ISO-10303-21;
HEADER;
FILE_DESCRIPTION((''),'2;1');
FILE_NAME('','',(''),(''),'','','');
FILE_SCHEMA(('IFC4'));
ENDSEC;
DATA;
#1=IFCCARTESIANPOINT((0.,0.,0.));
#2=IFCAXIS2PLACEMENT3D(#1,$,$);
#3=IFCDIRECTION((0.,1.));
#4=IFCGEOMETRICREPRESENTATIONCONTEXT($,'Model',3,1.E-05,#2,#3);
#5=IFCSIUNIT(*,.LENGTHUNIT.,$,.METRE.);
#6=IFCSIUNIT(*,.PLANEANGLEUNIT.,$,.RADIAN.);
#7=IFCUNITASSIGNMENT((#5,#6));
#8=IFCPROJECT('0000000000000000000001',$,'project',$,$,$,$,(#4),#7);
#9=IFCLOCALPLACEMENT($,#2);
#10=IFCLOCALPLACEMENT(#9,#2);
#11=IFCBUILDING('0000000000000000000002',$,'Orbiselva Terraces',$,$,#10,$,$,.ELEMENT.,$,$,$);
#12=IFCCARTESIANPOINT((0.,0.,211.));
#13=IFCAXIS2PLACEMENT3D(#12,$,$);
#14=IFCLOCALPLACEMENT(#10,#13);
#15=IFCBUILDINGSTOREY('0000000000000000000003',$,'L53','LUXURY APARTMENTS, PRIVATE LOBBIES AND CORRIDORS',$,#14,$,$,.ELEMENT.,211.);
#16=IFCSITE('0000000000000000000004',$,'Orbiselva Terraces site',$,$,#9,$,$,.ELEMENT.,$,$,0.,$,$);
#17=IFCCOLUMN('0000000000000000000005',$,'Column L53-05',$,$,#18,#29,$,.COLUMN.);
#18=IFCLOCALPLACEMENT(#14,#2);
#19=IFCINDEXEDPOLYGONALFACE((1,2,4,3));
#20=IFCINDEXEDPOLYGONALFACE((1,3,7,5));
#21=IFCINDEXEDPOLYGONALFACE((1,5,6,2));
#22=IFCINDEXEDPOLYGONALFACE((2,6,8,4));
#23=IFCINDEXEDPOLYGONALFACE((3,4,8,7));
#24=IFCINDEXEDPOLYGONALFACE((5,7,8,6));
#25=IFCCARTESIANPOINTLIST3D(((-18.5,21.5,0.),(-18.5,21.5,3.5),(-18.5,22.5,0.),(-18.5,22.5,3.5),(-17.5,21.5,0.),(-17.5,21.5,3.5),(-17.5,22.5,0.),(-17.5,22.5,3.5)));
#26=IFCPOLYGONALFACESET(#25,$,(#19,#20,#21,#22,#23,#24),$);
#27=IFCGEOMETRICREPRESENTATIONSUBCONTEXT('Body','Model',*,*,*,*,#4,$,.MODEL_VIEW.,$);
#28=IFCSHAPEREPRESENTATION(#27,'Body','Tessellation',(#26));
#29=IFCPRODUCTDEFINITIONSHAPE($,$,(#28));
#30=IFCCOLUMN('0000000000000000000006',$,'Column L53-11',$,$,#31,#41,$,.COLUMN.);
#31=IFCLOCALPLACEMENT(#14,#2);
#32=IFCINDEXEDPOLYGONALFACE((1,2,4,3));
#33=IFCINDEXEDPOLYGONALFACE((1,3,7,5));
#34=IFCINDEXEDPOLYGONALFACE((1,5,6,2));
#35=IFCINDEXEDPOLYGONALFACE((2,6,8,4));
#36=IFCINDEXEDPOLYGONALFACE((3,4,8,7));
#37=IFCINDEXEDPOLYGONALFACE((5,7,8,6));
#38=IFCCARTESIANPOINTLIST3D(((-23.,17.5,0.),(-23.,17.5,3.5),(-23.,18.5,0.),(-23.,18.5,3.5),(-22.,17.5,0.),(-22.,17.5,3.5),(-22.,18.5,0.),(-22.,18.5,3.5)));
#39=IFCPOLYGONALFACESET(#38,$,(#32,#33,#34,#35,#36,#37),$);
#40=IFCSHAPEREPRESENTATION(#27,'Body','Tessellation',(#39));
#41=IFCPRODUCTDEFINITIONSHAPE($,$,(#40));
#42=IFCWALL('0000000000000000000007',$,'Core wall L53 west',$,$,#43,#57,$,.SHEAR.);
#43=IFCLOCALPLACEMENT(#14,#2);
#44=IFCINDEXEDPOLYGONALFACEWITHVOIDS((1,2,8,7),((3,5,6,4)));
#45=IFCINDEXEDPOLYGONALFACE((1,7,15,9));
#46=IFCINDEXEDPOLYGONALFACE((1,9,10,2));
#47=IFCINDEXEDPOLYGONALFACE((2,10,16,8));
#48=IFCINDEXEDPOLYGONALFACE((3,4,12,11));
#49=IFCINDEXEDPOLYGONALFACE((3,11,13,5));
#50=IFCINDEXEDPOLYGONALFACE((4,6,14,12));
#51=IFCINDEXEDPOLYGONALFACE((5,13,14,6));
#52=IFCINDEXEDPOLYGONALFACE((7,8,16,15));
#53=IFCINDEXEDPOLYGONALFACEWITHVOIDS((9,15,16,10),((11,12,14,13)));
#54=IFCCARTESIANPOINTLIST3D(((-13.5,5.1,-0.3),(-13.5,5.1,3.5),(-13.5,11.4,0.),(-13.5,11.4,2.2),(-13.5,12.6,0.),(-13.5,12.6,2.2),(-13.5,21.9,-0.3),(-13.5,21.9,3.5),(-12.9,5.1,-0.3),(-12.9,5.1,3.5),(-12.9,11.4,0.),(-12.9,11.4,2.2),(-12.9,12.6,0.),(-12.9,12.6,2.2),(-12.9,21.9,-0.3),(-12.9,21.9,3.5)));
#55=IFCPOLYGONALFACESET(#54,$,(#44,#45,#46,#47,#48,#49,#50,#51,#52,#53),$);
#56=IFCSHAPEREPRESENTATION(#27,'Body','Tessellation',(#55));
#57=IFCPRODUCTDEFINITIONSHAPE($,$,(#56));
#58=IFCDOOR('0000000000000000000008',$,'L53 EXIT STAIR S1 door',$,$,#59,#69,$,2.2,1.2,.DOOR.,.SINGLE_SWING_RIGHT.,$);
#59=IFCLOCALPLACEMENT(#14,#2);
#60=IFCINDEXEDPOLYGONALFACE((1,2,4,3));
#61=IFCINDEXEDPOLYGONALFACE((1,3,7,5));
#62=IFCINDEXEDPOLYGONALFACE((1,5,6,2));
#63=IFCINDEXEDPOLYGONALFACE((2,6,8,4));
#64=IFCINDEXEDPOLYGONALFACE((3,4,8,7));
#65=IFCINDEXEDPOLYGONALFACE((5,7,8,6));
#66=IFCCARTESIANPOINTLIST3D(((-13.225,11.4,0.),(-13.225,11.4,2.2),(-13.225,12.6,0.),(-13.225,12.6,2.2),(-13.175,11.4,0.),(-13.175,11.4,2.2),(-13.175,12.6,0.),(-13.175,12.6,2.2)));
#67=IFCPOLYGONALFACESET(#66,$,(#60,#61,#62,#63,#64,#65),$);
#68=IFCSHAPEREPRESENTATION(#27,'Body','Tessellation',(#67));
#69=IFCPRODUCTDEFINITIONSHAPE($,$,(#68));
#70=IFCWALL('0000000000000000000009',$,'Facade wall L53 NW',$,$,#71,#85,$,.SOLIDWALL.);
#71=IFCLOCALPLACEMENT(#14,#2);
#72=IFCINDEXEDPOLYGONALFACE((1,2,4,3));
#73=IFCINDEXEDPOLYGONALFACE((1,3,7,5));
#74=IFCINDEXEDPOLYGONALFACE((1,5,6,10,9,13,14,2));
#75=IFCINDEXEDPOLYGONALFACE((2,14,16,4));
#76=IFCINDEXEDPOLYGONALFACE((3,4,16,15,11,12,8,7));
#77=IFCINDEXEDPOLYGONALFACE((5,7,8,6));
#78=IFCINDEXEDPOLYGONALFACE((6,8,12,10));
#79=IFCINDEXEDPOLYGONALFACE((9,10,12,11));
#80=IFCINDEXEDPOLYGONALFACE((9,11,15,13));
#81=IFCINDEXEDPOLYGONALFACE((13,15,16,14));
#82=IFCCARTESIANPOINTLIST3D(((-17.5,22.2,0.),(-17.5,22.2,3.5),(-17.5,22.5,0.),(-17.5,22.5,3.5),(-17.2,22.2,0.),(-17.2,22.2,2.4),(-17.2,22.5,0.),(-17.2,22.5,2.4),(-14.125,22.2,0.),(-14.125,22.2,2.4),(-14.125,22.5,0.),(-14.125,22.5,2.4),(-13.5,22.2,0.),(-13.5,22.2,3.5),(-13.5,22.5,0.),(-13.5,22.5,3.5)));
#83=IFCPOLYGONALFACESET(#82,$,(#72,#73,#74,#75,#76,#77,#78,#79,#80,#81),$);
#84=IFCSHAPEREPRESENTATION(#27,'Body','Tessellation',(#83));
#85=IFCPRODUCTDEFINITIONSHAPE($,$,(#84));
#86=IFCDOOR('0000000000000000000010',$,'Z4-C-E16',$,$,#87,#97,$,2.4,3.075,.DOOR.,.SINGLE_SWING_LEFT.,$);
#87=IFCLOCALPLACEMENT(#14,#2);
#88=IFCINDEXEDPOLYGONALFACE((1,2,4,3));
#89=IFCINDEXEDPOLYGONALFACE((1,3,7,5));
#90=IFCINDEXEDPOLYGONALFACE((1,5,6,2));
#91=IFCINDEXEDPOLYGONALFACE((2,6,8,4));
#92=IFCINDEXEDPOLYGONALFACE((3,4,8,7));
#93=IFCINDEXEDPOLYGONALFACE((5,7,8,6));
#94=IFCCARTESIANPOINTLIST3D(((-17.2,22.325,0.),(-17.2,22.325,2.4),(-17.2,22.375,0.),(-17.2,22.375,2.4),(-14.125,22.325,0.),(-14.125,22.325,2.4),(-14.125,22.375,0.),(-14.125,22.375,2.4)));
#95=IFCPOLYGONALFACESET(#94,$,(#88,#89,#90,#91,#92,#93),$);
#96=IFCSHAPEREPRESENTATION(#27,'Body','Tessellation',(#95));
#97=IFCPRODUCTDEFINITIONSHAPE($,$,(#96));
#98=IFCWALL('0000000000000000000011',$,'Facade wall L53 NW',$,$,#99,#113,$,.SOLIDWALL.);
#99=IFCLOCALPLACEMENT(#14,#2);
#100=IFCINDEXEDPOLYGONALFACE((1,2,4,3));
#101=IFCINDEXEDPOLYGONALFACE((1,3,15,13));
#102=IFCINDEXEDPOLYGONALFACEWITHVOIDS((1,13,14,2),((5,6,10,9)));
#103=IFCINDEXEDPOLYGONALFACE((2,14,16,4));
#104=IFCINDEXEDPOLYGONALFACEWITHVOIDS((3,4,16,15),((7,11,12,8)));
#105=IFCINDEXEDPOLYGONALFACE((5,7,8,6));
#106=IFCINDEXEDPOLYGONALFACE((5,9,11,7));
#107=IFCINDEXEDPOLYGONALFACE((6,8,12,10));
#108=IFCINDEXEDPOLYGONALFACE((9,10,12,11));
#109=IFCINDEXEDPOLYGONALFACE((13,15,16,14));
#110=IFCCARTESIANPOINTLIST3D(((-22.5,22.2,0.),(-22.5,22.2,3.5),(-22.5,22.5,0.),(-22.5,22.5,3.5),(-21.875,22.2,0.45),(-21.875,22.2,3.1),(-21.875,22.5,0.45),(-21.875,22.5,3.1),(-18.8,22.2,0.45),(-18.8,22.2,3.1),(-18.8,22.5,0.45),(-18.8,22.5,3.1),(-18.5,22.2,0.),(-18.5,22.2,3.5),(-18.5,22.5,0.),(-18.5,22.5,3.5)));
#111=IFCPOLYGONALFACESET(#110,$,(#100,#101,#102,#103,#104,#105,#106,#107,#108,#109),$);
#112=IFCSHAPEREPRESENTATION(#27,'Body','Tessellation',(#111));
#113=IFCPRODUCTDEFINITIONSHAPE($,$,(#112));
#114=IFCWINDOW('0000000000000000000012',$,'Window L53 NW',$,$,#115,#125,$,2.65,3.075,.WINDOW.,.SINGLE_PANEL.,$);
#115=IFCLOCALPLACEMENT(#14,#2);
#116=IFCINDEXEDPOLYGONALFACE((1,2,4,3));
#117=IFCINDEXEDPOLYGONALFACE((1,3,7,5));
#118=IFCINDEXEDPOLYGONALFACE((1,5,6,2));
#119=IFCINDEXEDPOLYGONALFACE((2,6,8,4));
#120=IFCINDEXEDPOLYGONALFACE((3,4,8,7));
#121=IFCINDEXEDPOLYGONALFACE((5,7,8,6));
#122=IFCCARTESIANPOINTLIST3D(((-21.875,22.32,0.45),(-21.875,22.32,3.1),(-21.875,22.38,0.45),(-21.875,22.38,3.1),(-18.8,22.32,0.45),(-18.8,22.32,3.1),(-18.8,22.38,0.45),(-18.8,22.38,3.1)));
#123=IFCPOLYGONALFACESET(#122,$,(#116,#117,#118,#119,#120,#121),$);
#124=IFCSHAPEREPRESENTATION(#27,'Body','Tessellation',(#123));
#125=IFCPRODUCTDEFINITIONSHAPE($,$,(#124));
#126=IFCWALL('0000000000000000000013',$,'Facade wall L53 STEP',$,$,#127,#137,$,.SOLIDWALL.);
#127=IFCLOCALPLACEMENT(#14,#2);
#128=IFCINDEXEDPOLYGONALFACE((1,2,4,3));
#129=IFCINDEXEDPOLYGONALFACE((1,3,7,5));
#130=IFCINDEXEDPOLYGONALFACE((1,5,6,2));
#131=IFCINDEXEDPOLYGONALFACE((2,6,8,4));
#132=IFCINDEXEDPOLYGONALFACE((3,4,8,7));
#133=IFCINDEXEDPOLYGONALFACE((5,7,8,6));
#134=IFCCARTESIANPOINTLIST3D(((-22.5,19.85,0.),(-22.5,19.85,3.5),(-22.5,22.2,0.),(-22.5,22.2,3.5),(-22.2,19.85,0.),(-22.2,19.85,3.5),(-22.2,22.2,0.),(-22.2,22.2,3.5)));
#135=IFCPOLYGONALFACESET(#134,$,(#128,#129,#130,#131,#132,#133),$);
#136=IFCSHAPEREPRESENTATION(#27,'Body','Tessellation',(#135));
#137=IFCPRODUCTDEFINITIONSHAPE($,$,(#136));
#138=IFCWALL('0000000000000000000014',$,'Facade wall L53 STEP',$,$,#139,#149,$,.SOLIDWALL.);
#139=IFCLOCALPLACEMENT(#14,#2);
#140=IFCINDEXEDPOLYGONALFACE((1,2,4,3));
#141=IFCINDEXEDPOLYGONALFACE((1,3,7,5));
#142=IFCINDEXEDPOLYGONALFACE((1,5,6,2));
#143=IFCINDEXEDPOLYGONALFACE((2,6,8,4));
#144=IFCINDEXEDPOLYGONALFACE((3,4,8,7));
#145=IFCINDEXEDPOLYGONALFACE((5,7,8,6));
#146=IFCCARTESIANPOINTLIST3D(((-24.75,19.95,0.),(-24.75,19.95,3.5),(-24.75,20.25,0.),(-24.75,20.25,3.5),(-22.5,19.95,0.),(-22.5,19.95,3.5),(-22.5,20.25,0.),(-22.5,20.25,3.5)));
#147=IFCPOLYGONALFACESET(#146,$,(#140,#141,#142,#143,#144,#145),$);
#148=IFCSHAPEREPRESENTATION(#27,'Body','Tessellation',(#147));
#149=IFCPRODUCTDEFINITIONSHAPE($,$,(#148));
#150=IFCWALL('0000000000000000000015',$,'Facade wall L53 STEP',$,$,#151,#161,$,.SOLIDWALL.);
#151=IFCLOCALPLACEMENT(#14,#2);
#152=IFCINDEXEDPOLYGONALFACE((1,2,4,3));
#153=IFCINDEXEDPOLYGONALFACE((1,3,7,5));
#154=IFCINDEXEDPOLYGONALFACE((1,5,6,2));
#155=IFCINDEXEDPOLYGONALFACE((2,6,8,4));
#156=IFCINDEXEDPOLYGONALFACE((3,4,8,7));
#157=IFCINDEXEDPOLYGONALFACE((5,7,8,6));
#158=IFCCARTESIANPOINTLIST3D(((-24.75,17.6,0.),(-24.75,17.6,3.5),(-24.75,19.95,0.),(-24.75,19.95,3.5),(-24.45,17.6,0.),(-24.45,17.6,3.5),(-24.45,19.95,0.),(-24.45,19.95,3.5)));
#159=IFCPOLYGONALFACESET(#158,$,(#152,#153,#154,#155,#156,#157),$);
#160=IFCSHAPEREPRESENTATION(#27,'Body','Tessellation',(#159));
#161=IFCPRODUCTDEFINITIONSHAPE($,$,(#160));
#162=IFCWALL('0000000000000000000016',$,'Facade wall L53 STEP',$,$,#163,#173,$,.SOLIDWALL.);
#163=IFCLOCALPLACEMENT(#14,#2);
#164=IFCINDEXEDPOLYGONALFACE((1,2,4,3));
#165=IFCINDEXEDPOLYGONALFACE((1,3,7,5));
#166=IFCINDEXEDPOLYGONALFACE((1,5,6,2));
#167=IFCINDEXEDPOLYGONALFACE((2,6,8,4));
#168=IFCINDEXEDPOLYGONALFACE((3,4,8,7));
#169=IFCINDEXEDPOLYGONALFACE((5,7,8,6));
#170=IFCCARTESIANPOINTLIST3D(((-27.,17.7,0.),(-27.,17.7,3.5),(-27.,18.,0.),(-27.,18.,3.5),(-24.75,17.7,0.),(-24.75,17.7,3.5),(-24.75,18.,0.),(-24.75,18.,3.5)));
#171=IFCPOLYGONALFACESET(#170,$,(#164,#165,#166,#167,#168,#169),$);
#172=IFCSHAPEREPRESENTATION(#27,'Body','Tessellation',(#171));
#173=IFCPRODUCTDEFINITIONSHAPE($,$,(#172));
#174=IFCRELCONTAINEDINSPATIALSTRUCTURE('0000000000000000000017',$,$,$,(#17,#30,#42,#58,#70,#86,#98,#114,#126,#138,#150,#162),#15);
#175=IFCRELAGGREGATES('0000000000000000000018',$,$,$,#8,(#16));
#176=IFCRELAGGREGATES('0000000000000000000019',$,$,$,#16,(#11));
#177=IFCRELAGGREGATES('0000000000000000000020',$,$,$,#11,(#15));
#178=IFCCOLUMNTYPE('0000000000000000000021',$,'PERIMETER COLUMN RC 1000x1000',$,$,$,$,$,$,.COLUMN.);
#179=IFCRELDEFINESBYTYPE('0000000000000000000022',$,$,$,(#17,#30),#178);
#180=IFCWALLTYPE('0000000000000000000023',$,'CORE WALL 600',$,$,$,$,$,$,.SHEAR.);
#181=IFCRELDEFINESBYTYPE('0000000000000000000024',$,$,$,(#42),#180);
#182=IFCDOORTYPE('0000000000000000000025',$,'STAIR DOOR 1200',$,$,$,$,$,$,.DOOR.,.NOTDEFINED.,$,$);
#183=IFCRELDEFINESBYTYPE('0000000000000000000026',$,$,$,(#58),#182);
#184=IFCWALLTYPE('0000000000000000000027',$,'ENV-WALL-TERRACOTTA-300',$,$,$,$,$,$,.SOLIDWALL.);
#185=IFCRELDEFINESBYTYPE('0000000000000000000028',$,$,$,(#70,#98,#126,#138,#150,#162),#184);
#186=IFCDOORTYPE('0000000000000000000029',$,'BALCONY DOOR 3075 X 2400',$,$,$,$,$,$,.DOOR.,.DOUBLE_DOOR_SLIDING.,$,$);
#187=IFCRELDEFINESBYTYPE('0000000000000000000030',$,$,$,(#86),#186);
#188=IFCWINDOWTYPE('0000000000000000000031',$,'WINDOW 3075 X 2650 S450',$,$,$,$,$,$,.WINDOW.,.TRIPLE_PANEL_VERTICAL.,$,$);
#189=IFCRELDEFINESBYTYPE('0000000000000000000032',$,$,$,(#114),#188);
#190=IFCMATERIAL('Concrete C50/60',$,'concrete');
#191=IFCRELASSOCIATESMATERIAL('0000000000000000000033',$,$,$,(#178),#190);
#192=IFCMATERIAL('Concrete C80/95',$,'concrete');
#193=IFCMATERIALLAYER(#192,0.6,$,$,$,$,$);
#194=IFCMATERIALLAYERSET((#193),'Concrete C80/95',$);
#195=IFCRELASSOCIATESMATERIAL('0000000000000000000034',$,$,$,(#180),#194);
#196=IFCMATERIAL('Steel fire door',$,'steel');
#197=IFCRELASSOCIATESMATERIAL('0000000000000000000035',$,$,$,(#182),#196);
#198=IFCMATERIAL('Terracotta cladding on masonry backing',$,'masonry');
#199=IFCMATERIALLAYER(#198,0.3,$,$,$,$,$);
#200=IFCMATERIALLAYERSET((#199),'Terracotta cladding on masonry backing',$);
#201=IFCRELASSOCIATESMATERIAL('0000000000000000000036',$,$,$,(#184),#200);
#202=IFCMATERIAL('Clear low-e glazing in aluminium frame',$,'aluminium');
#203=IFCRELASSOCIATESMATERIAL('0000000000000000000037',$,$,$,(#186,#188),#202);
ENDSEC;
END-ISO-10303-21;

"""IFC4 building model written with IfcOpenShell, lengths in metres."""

from ifc_helpers import new_model, si_unit, direction, frame, frame_2d, origin, origin_2d, place, context, subcontext, project, spatial, rectangle, extrude, material, layer, layer_set, material_profile, profile_set, type_object, element, fill, save


model = new_model("IFC4")

# Units and contexts
model_context = context("Model", 3, precision=1e-05, world=origin(), true_north=direction((0.0, 1.0)))
body_context = subcontext(model_context, "Body", "Model", "MODEL_VIEW")
ifc_project = project(units=[si_unit("LENGTHUNIT", "METRE"), si_unit("PLANEANGLEUNIT", "RADIAN")], contexts=[model_context])

# Site, building, storey
site_placement = place(None, origin())
site = spatial("IfcSite", under=ifc_project, at=site_placement, Name="Orbiselva Terraces site", CompositionType="ELEMENT", RefElevation=0.0)
building_placement = place(site_placement, origin())
building = spatial("IfcBuilding", under=site, at=building_placement, Name="Orbiselva Terraces", CompositionType="ELEMENT")
storey_placement = place(building_placement, frame((0.0, 0.0, 211.0)))
storey = spatial("IfcBuildingStorey", under=building, at=storey_placement, Name="L53", Description="LUXURY APARTMENTS, PRIVATE LOBBIES AND CORRIDORS", CompositionType="ELEMENT", Elevation=211.0)

# Columns
ifc_material_1 = material(Name="Concrete C50/60", Category="concrete")
ifc_material_profile = material_profile(ifc_material_1, rectangle(XDim=1.0, YDim=1.0, at=origin_2d()), Name="RC 1000x1000")
ifc_profile_set = profile_set([ifc_material_profile], Name="Concrete C50/60")
column_type = type_object("IfcColumnType", Name="PERIMETER COLUMN RC 1000x1000", PredefinedType="COLUMN", material=ifc_profile_set)
for number, where, z_axis, x_axis, name in (
    (1, (-18.0, 22.0, 0.0), (0.0, 0.0, 1.0), (1.0, 0.0, 0.0), "Column L53-05"),
    (2, (-22.5, 18.0, 0.0), (0.0, 0.0, 1.0), (1.0, 0.0, 0.0), "Column L53-11"),
):
    element("IfcColumn", number, at=place(storey_placement, frame(where, z_axis=z_axis, x_axis=x_axis)), inside=storey, type_object=column_type, Name=name, PredefinedType="COLUMN", context=body_context, shape_type="SweptSolid", body=[
        extrude(rectangle(XDim=1.0, YDim=1.0, at=origin_2d()), origin(), (0.0, 0.0, 1.0), 3.5),
    ])

# Walls, openings, doors
ifc_material_2 = material(Name="Concrete C80/95", Category="concrete")
ifc_layer_1 = layer(ifc_material_2, 0.6)
ifc_layer_set_1 = layer_set([ifc_layer_1], Name="Concrete C80/95")
wall_type_1 = type_object("IfcWallType", Name="CORE WALL 600", PredefinedType="SHEAR", material=ifc_layer_set_1)
wall_1_placement = place(storey_placement, frame((-13.2, 21.9, -0.3), z_axis=(0.0, 0.0, 1.0), x_axis=(0.0, -1.0, 0.0)))
wall_1 = element("IfcWall", 3, at=wall_1_placement, inside=storey, type_object=wall_type_1, Name="Core wall L53 west", PredefinedType="SHEAR", context=body_context, shape_type="SweptSolid", body=[
    extrude(rectangle(XDim=16.8, YDim=0.6, at=frame_2d((8.4, 0.0))), origin(), (0.0, 0.0, 1.0), 3.8),
])
opening_1_placement = place(wall_1_placement, frame((9.3, 0.0, 0.3)))
opening_1 = element("IfcOpeningElement", 4, at=opening_1_placement, cuts=wall_1, PredefinedType="OPENING", context=body_context, shape_type="SweptSolid", body=[
    extrude(rectangle(XDim=1.2, YDim=2.2, at=frame_2d((0.6, 1.1))), frame((0.0, 0.31, 0.0), z_axis=(0.0, -1.0, 0.0), x_axis=(1.0, 0.0, 0.0)), (0.0, 0.0, 1.0), 0.62),
])
ifc_material_3 = material(Name="Steel fire door", Category="steel")
door_type_1 = type_object("IfcDoorType", Name="STAIR DOOR 1200", OperationType="NOTDEFINED", PredefinedType="DOOR", material=ifc_material_3)
door_1_placement = place(opening_1_placement, frame((1.2, 0.0, 0.0), z_axis=(0.0, 0.0, 1.0), x_axis=(-1.0, 0.0, 0.0)))
door_1 = element("IfcDoor", 5, at=door_1_placement, inside=storey, type_object=door_type_1, Name="L53 EXIT STAIR S1 door", OperationType="SINGLE_SWING_RIGHT", OverallHeight=2.2, OverallWidth=1.2, PredefinedType="DOOR", context=body_context, shape_type="SweptSolid", body=[
    extrude(rectangle(XDim=1.2, YDim=2.2, at=frame_2d((0.6, 1.1))), frame((0.0, 0.025, 0.0), z_axis=(0.0, -1.0, 0.0), x_axis=(1.0, 0.0, 0.0)), (0.0, 0.0, 1.0), 0.05),
])
fill(opening_1, door_1)
ifc_material_4 = material(Name="Terracotta cladding on masonry backing", Category="masonry")
ifc_layer_2 = layer(ifc_material_4, 0.3)
ifc_layer_set_2 = layer_set([ifc_layer_2], Name="Terracotta cladding on masonry backing")
wall_type_2 = type_object("IfcWallType", Name="ENV-WALL-TERRACOTTA-300", PredefinedType="SOLIDWALL", material=ifc_layer_set_2)
wall_2_placement = place(storey_placement, frame((-17.5, 22.35, 0.0), z_axis=(0.0, 0.0, 1.0), x_axis=(1.0, 0.0, 0.0)))
wall_2 = element("IfcWall", 6, at=wall_2_placement, inside=storey, type_object=wall_type_2, Name="Facade wall L53 NW", PredefinedType="SOLIDWALL", context=body_context, shape_type="SweptSolid", body=[
    extrude(rectangle(XDim=4.0, YDim=0.3, at=frame_2d((2.0, 0.0))), origin(), (0.0, 0.0, 1.0), 3.5),
])
opening_2_placement = place(wall_2_placement, frame((0.3, 0.0, 0.0)))
opening_2 = element("IfcOpeningElement", 7, at=opening_2_placement, cuts=wall_2, PredefinedType="OPENING", context=body_context, shape_type="SweptSolid", body=[
    extrude(rectangle(XDim=3.075, YDim=2.4, at=frame_2d((1.5375, 1.2))), frame((0.0, 0.16, 0.0), z_axis=(0.0, -1.0, 0.0), x_axis=(1.0, 0.0, 0.0)), (0.0, 0.0, 1.0), 0.32),
])
ifc_material_5 = material(Name="Clear low-e glazing in aluminium frame", Category="aluminium")
door_type_2 = type_object("IfcDoorType", Name="BALCONY DOOR 3075 X 2400", OperationType="DOUBLE_DOOR_SLIDING", PredefinedType="DOOR", material=ifc_material_5)
door_2_placement = place(opening_2_placement, origin())
door_2 = element("IfcDoor", 8, at=door_2_placement, inside=storey, type_object=door_type_2, Name="Z4-C-E16", OperationType="SINGLE_SWING_LEFT", OverallHeight=2.4, OverallWidth=3.075, PredefinedType="DOOR", context=body_context, shape_type="SweptSolid", body=[
    extrude(rectangle(XDim=3.075, YDim=2.4, at=frame_2d((1.5375, 1.2))), frame((0.0, 0.025, 0.0), z_axis=(0.0, -1.0, 0.0), x_axis=(1.0, 0.0, 0.0)), (0.0, 0.0, 1.0), 0.05),
])
fill(opening_2, door_2)

# Wall, opening, window
wall_3_placement = place(storey_placement, frame((-22.5, 22.35, 0.0), z_axis=(0.0, 0.0, 1.0), x_axis=(1.0, 0.0, 0.0)))
wall_3 = element("IfcWall", 9, at=wall_3_placement, inside=storey, type_object=wall_type_2, Name="Facade wall L53 NW", PredefinedType="SOLIDWALL", context=body_context, shape_type="SweptSolid", body=[
    extrude(rectangle(XDim=4.0, YDim=0.3, at=frame_2d((2.0, 0.0))), origin(), (0.0, 0.0, 1.0), 3.5),
])
opening_3_placement = place(wall_3_placement, frame((0.625, 0.0, 0.45)))
opening_3 = element("IfcOpeningElement", 10, at=opening_3_placement, cuts=wall_3, PredefinedType="OPENING", context=body_context, shape_type="SweptSolid", body=[
    extrude(rectangle(XDim=3.075, YDim=2.65, at=frame_2d((1.5375, 1.325))), frame((0.0, 0.16, 0.0), z_axis=(0.0, -1.0, 0.0), x_axis=(1.0, 0.0, 0.0)), (0.0, 0.0, 1.0), 0.32),
])
window_type = type_object("IfcWindowType", Name="WINDOW 3075 X 2650 S450", PartitioningType="TRIPLE_PANEL_VERTICAL", PredefinedType="WINDOW", material=ifc_material_5)
window_placement = place(opening_3_placement, origin())
window = element("IfcWindow", 11, at=window_placement, inside=storey, type_object=window_type, Name="Window L53 NW", OverallHeight=2.65, OverallWidth=3.075, PartitioningType="SINGLE_PANEL", PredefinedType="WINDOW", context=body_context, shape_type="SweptSolid", body=[
    extrude(rectangle(XDim=3.075, YDim=2.65, at=frame_2d((1.5375, 1.325))), frame((0.0, 0.03, 0.0), z_axis=(0.0, -1.0, 0.0), x_axis=(1.0, 0.0, 0.0)), (0.0, 0.0, 1.0), 0.06),
])
fill(opening_3, window)

# Walls
wall_4_placement = place(storey_placement, frame((-22.35, 19.85, 0.0), z_axis=(0.0, 0.0, 1.0), x_axis=(0.0, 1.0, 0.0)))
element("IfcWall", 12, at=wall_4_placement, inside=storey, type_object=wall_type_2, Name="Facade wall L53 STEP", PredefinedType="SOLIDWALL", context=body_context, shape_type="SweptSolid", body=[
    extrude(rectangle(XDim=2.35, YDim=0.3, at=frame_2d((1.175, 0.0))), origin(), (0.0, 0.0, 1.0), 3.5),
])
wall_5_placement = place(storey_placement, frame((-24.75, 20.1, 0.0), z_axis=(0.0, 0.0, 1.0), x_axis=(1.0, 0.0, 0.0)))
element("IfcWall", 13, at=wall_5_placement, inside=storey, type_object=wall_type_2, Name="Facade wall L53 STEP", PredefinedType="SOLIDWALL", context=body_context, shape_type="SweptSolid", body=[
    extrude(rectangle(XDim=2.25, YDim=0.3, at=frame_2d((1.125, 0.0))), origin(), (0.0, 0.0, 1.0), 3.5),
])
wall_6_placement = place(storey_placement, frame((-24.6, 17.6, 0.0), z_axis=(0.0, 0.0, 1.0), x_axis=(0.0, 1.0, 0.0)))
element("IfcWall", 14, at=wall_6_placement, inside=storey, type_object=wall_type_2, Name="Facade wall L53 STEP", PredefinedType="SOLIDWALL", context=body_context, shape_type="SweptSolid", body=[
    extrude(rectangle(XDim=2.35, YDim=0.3, at=frame_2d((1.175, 0.0))), origin(), (0.0, 0.0, 1.0), 3.5),
])
wall_7_placement = place(storey_placement, frame((-27.0, 17.85, 0.0), z_axis=(0.0, 0.0, 1.0), x_axis=(1.0, 0.0, 0.0)))
element("IfcWall", 15, at=wall_7_placement, inside=storey, type_object=wall_type_2, Name="Facade wall L53 STEP", PredefinedType="SOLIDWALL", context=body_context, shape_type="SweptSolid", body=[
    extrude(rectangle(XDim=2.25, YDim=0.3, at=frame_2d((1.125, 0.0))), origin(), (0.0, 0.0, 1.0), 3.5),
])

save(model, "model.ifc")
